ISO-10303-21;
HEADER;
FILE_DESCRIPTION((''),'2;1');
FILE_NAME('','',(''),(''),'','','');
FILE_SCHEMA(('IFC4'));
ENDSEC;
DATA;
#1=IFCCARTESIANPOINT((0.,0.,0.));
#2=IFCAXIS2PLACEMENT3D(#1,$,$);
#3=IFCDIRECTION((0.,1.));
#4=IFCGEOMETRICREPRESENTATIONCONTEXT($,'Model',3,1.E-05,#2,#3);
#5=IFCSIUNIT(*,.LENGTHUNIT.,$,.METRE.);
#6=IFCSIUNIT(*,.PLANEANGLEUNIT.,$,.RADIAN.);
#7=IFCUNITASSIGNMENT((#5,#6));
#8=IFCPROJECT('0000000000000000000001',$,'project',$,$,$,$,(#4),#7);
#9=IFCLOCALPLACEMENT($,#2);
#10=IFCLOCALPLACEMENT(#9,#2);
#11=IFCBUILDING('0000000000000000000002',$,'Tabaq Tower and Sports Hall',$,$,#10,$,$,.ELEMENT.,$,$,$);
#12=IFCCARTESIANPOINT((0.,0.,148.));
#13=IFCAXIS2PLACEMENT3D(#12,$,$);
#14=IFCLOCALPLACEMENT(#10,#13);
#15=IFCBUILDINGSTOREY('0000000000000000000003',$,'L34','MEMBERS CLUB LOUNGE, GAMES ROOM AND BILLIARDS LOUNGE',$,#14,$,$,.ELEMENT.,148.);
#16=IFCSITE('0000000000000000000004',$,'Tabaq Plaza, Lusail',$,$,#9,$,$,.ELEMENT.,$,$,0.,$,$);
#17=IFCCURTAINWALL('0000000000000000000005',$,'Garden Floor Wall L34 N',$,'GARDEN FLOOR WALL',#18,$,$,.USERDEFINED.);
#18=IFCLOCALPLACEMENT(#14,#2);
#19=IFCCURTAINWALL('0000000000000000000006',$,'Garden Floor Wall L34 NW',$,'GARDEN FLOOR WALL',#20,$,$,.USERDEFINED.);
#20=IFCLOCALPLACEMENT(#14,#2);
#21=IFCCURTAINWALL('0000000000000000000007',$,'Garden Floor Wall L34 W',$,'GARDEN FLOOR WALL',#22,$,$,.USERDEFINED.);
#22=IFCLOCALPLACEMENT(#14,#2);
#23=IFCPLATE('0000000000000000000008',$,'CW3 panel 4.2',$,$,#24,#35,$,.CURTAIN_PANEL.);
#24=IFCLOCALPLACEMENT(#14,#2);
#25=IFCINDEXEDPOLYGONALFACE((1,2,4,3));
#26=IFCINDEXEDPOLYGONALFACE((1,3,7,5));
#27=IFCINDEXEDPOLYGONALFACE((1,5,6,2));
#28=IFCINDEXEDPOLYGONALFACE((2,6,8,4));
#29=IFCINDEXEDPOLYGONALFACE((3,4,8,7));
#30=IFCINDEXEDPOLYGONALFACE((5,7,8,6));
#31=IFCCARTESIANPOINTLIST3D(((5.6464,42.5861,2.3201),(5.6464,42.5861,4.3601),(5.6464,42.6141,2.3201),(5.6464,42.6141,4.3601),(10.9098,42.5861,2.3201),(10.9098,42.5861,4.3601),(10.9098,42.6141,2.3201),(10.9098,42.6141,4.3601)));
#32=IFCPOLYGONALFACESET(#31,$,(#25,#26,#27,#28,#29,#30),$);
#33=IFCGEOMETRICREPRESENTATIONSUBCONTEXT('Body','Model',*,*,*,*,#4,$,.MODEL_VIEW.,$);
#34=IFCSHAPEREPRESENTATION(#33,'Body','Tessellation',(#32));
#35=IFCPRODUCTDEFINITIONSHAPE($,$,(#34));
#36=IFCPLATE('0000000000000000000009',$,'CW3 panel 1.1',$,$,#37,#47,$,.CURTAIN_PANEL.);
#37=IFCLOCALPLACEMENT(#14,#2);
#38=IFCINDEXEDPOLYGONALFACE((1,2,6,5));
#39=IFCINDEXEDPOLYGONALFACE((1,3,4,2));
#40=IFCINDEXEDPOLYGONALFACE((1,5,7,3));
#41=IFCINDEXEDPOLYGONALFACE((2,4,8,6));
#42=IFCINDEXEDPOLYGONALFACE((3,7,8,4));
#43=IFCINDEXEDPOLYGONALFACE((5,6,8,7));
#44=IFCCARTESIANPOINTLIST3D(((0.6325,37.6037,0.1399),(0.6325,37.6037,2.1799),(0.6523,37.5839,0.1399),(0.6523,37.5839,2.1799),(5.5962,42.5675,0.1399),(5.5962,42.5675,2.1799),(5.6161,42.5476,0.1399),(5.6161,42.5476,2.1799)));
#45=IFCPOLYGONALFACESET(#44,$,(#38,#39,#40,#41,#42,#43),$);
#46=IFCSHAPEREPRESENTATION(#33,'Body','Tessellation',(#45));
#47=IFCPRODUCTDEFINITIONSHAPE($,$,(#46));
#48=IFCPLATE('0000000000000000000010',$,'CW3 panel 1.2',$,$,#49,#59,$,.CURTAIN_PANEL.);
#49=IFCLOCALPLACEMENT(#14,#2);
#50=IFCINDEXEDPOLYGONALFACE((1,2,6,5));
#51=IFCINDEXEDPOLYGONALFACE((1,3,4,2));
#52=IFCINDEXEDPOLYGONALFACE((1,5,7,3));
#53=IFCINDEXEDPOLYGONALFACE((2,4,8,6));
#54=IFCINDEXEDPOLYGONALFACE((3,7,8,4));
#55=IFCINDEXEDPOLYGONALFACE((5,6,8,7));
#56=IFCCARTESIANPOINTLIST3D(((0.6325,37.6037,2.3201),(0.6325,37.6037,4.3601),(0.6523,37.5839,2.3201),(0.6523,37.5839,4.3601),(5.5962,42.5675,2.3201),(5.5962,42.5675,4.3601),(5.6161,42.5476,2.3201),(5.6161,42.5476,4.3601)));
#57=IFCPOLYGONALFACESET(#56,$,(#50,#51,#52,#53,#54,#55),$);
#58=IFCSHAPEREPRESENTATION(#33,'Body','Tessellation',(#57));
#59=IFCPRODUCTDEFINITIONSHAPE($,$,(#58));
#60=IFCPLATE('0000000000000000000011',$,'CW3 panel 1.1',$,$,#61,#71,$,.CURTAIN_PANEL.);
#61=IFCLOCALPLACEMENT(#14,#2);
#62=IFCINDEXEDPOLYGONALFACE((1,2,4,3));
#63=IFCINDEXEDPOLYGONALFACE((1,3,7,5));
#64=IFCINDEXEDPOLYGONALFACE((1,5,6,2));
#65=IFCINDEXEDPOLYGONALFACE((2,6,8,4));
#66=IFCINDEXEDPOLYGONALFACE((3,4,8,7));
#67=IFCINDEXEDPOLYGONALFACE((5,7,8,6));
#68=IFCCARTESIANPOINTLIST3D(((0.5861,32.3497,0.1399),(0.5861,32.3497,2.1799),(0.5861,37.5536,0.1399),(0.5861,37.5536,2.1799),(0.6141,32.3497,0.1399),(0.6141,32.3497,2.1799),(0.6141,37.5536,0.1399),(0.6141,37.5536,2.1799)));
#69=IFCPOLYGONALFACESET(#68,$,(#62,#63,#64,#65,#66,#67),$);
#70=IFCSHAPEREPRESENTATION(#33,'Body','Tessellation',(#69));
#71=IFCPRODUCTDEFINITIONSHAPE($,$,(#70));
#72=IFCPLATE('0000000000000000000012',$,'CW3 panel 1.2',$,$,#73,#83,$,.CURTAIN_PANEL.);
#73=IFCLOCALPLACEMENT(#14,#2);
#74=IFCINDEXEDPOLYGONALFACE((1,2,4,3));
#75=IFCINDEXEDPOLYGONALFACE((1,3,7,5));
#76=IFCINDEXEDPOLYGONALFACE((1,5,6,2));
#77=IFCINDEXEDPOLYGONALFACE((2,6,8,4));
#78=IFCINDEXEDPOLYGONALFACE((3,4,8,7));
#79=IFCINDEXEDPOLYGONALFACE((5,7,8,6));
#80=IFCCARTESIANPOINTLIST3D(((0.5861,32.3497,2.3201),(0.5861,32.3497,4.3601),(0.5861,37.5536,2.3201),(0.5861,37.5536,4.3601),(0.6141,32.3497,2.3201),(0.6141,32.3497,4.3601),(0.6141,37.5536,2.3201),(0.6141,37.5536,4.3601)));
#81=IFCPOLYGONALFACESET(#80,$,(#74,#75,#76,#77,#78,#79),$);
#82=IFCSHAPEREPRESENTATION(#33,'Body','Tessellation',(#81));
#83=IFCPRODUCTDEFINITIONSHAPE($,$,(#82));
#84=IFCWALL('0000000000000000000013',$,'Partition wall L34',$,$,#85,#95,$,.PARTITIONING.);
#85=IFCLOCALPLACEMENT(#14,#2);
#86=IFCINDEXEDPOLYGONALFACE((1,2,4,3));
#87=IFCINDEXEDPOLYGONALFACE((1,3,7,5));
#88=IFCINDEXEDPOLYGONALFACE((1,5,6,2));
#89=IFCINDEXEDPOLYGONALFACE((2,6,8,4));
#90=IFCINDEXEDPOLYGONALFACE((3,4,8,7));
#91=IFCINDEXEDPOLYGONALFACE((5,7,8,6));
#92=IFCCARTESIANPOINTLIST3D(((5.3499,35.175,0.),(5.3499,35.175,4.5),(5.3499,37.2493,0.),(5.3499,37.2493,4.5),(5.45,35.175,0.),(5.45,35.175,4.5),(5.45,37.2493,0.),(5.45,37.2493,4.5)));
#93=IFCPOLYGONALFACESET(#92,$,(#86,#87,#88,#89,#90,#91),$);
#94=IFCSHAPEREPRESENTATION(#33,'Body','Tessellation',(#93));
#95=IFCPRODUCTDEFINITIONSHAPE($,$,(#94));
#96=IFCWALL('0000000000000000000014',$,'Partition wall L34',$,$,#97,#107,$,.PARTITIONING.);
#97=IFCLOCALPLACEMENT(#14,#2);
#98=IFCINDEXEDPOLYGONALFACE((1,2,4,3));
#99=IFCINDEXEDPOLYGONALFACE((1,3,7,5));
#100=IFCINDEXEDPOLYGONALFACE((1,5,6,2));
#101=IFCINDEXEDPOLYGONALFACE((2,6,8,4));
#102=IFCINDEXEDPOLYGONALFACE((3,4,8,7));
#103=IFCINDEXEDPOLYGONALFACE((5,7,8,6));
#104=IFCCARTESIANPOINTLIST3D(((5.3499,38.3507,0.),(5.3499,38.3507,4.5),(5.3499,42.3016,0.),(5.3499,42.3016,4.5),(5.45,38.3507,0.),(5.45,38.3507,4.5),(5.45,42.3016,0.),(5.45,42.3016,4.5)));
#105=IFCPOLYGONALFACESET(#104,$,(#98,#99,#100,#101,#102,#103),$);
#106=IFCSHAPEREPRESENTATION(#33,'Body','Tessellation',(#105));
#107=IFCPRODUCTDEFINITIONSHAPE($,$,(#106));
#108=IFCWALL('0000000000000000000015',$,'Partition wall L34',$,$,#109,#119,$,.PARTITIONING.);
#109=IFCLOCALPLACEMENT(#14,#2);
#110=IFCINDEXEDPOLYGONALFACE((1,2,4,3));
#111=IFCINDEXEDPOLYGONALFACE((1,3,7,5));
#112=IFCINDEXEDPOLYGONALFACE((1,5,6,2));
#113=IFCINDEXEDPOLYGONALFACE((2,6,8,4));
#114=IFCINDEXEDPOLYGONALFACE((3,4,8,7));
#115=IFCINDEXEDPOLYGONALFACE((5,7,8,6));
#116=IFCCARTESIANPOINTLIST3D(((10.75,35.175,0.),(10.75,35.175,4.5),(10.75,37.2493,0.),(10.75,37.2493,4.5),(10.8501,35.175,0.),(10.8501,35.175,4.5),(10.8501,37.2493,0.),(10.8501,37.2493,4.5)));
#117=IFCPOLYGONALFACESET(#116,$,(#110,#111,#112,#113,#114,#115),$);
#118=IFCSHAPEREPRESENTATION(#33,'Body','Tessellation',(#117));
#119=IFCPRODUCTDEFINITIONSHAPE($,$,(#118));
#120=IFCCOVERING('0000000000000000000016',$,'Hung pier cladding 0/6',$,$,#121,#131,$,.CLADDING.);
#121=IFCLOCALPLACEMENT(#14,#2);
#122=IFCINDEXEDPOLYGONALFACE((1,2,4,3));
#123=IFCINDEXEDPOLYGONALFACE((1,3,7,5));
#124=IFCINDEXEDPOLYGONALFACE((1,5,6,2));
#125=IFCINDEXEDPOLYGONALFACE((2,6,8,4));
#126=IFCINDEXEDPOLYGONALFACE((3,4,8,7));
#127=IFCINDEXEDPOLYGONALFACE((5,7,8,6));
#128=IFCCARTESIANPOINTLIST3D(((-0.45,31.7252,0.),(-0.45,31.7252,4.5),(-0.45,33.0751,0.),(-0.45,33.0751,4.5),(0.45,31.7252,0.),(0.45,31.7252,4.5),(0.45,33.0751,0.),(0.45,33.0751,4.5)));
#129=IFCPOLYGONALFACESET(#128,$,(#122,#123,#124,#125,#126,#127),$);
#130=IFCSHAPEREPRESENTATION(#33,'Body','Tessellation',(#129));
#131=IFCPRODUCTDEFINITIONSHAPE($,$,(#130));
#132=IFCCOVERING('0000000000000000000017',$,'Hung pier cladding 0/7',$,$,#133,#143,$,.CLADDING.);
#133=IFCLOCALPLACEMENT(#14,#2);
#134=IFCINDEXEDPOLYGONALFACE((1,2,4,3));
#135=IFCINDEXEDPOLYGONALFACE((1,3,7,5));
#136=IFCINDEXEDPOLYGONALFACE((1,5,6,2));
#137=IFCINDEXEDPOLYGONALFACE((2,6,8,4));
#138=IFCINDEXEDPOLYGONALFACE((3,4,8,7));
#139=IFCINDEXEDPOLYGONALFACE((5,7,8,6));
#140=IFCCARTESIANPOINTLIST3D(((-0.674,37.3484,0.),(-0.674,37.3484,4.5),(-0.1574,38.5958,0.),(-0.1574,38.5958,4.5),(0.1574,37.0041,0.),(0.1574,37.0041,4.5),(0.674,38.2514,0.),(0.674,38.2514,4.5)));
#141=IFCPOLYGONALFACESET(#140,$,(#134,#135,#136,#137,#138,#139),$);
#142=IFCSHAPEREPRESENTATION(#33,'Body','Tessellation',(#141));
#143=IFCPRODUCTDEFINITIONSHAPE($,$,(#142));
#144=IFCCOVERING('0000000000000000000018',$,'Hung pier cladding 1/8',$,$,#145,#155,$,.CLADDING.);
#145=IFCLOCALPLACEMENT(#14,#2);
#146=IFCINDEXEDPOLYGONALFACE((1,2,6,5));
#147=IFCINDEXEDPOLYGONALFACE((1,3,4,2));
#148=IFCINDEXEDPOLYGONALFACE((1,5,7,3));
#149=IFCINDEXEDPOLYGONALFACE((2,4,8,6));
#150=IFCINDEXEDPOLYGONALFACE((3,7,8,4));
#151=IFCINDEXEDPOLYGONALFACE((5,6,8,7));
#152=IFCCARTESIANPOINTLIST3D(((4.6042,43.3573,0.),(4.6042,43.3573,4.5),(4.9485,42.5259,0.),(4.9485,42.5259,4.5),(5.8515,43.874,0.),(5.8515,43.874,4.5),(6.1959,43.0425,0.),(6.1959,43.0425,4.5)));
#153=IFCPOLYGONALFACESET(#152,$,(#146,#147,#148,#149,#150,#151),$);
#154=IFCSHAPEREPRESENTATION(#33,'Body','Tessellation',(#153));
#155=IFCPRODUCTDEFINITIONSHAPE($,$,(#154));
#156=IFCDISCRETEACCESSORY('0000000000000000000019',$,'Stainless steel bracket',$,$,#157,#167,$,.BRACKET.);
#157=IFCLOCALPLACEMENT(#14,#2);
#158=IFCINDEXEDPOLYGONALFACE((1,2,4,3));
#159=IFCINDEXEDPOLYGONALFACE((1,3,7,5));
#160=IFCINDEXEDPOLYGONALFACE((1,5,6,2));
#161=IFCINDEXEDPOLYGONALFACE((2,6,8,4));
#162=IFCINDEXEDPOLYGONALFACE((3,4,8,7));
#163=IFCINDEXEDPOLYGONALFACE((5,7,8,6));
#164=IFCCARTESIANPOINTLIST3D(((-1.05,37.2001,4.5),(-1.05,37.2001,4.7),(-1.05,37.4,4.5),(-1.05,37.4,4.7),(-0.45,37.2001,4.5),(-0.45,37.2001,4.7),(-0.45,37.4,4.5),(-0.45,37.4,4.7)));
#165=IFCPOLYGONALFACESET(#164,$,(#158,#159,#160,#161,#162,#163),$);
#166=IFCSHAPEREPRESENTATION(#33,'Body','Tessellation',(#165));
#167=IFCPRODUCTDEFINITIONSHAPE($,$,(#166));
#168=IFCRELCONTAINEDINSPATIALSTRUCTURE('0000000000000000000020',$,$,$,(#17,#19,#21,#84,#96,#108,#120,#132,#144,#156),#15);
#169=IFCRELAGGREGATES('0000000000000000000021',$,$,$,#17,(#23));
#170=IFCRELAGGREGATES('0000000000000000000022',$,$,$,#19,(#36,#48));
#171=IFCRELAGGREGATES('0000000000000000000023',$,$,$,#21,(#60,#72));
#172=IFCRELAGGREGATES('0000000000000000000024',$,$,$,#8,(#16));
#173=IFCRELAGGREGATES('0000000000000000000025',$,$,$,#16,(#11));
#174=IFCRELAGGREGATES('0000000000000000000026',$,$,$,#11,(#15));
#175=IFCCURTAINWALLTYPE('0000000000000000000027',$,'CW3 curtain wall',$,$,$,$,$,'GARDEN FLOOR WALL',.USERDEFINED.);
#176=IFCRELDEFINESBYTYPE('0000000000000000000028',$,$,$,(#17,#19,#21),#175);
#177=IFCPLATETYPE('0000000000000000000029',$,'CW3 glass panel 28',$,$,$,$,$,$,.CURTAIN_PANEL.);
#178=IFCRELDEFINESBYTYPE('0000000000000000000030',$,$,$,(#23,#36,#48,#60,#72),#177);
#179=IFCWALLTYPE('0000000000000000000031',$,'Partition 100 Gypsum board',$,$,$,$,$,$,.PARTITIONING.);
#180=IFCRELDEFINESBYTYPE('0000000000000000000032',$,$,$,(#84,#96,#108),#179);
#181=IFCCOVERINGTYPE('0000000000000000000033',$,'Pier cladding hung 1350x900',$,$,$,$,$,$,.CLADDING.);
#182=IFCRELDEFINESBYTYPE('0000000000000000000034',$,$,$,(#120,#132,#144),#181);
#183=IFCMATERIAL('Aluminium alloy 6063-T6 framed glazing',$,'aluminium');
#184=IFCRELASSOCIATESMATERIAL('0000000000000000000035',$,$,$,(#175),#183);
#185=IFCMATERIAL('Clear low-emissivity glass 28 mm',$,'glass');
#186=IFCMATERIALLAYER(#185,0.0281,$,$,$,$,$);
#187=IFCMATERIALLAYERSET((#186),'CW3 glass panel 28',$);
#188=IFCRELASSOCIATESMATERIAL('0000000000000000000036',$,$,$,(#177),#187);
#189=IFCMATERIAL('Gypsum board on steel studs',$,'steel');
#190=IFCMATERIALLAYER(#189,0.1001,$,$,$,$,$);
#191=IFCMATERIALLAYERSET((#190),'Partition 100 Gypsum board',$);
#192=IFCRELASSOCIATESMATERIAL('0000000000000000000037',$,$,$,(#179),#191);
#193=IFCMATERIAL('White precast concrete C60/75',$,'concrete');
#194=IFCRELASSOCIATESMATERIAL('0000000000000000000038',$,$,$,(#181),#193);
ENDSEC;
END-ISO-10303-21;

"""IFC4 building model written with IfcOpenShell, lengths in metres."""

from ifc_helpers import new_model, si_unit, direction, frame, frame_2d, origin, origin_2d, place, context, subcontext, project, spatial, rectangle, extrude, material, layer, layer_set, type_object, element, aggregate, save


model = new_model("IFC4")

# Units and contexts
model_context = context("Model", 3, precision=1e-05, world=origin(), true_north=direction((0.0, 1.0)))
body_context = subcontext(model_context, "Body", "Model", "MODEL_VIEW")
ifc_project = project(units=[si_unit("LENGTHUNIT", "METRE"), si_unit("PLANEANGLEUNIT", "RADIAN")], contexts=[model_context])

# Site, building, storey
site_placement = place(None, origin())
site = spatial("IfcSite", under=ifc_project, at=site_placement, Name="Tabaq Plaza, Lusail", CompositionType="ELEMENT", RefElevation=0.0)
building_placement = place(site_placement, origin())
building = spatial("IfcBuilding", under=site, at=building_placement, Name="Tabaq Tower and Sports Hall", CompositionType="ELEMENT")
storey_placement = place(building_placement, frame((0.0, 0.0, 148.0)))
storey = spatial("IfcBuildingStorey", under=building, at=storey_placement, Name="L34", Description="MEMBERS CLUB LOUNGE, GAMES ROOM AND BILLIARDS LOUNGE", CompositionType="ELEMENT", Elevation=148.0)

# Curtain wall
ifc_material_1 = material(Name="Aluminium alloy 6063-T6 framed glazing", Category="aluminium")
curtain_wall_type = type_object("IfcCurtainWallType", Name="CW3 curtain wall", ElementType="GARDEN FLOOR WALL", PredefinedType="USERDEFINED", material=ifc_material_1)
curtain_wall_1_placement = place(storey_placement, origin())
curtain_wall_1 = element("IfcCurtainWall", 1, at=curtain_wall_1_placement, inside=storey, type_object=curtain_wall_type, Name="Garden Floor Wall L34 N", ObjectType="GARDEN FLOOR WALL", PredefinedType="USERDEFINED")

# Curtain wall
curtain_wall_2_placement = place(storey_placement, origin())
curtain_wall_2 = element("IfcCurtainWall", 2, at=curtain_wall_2_placement, inside=storey, type_object=curtain_wall_type, Name="Garden Floor Wall L34 NW", ObjectType="GARDEN FLOOR WALL", PredefinedType="USERDEFINED")

# Curtain wall
curtain_wall_3_placement = place(storey_placement, origin())
curtain_wall_3 = element("IfcCurtainWall", 3, at=curtain_wall_3_placement, inside=storey, type_object=curtain_wall_type, Name="Garden Floor Wall L34 W", ObjectType="GARDEN FLOOR WALL", PredefinedType="USERDEFINED")

# Plates
ifc_material_2 = material(Name="Clear low-emissivity glass 28 mm", Category="glass")
ifc_layer_1 = layer(ifc_material_2, 0.0281)
ifc_layer_set_1 = layer_set([ifc_layer_1], Name="CW3 glass panel 28")
plate_type = type_object("IfcPlateType", Name="CW3 glass panel 28", PredefinedType="CURTAIN_PANEL", material=ifc_layer_set_1)
plate_1_placement = place(storey_placement, frame((8.2781, 42.6001, 2.3201), z_axis=(0.0, 0.0, 1.0), x_axis=(-1.0, 0.0, 0.0)))
plate_1 = element("IfcPlate", 4, at=plate_1_placement, type_object=plate_type, Name="CW3 panel 4.2", PredefinedType="CURTAIN_PANEL", context=body_context, shape_type="SweptSolid", body=[
    extrude(rectangle(XDim=5.2634, YDim=0.0281, at=origin_2d()), origin(), (0.0, 0.0, 1.0), 2.04),
])
aggregate(curtain_wall_1, [plate_1])
plate_2_placement = place(storey_placement, frame((3.1243, 40.0757, 0.1399), z_axis=(0.0, 0.0, 1.0), x_axis=(-0.707107, -0.707107, 0.0)))
plate_2 = element("IfcPlate", 5, at=plate_2_placement, type_object=plate_type, Name="CW3 panel 1.1", PredefinedType="CURTAIN_PANEL", context=body_context, shape_type="SweptSolid", body=[
    extrude(rectangle(XDim=7.0198, YDim=0.0281, at=origin_2d()), origin(), (0.0, 0.0, 1.0), 2.04),
])
plate_3_placement = place(storey_placement, frame((3.1243, 40.0757, 2.3201), z_axis=(0.0, 0.0, 1.0), x_axis=(-0.707107, -0.707107, 0.0)))
plate_3 = element("IfcPlate", 6, at=plate_3_placement, type_object=plate_type, Name="CW3 panel 1.2", PredefinedType="CURTAIN_PANEL", context=body_context, shape_type="SweptSolid", body=[
    extrude(rectangle(XDim=7.0198, YDim=0.0281, at=origin_2d()), origin(), (0.0, 0.0, 1.0), 2.04),
])
aggregate(curtain_wall_2, [plate_2, plate_3])
plate_4_placement = place(storey_placement, frame((0.6001, 34.9517, 0.1399), z_axis=(0.0, 0.0, 1.0), x_axis=(0.0, -1.0, 0.0)))
plate_4 = element("IfcPlate", 7, at=plate_4_placement, type_object=plate_type, Name="CW3 panel 1.1", PredefinedType="CURTAIN_PANEL", context=body_context, shape_type="SweptSolid", body=[
    extrude(rectangle(XDim=5.2039, YDim=0.0281, at=origin_2d()), origin(), (0.0, 0.0, 1.0), 2.04),
])
plate_5_placement = place(storey_placement, frame((0.6001, 34.9517, 2.3201), z_axis=(0.0, 0.0, 1.0), x_axis=(0.0, -1.0, 0.0)))
plate_5 = element("IfcPlate", 8, at=plate_5_placement, type_object=plate_type, Name="CW3 panel 1.2", PredefinedType="CURTAIN_PANEL", context=body_context, shape_type="SweptSolid", body=[
    extrude(rectangle(XDim=5.2039, YDim=0.0281, at=origin_2d()), origin(), (0.0, 0.0, 1.0), 2.04),
])
aggregate(curtain_wall_3, [plate_4, plate_5])

# Walls
ifc_material_3 = material(Name="Gypsum board on steel studs", Category="steel")
ifc_layer_2 = layer(ifc_material_3, 0.1001)
ifc_layer_set_2 = layer_set([ifc_layer_2], Name="Partition 100 Gypsum board")
wall_type = type_object("IfcWallType", Name="Partition 100 Gypsum board", PredefinedType="PARTITIONING", material=ifc_layer_set_2)
wall_1_placement = place(storey_placement, frame((5.3999, 35.175, 0.0), z_axis=(0.0, 0.0, 1.0), x_axis=(0.0, 1.0, 0.0)))
element("IfcWall", 9, at=wall_1_placement, inside=storey, type_object=wall_type, Name="Partition wall L34", PredefinedType="PARTITIONING", context=body_context, shape_type="SweptSolid", body=[
    extrude(rectangle(XDim=2.0742, YDim=0.1001, at=frame_2d((1.0371, 0.0))), origin(), (0.0, 0.0, 1.0), 4.5),
])
wall_2_placement = place(storey_placement, frame((5.3999, 38.3506, 0.0), z_axis=(0.0, 0.0, 1.0), x_axis=(0.0, 1.0, 0.0)))
element("IfcWall", 10, at=wall_2_placement, inside=storey, type_object=wall_type, Name="Partition wall L34", PredefinedType="PARTITIONING", context=body_context, shape_type="SweptSolid", body=[
    extrude(rectangle(XDim=3.9509, YDim=0.1001, at=frame_2d((1.9756, 0.0))), origin(), (0.0, 0.0, 1.0), 4.5),
])
wall_3_placement = place(storey_placement, frame((10.8, 35.175, 0.0), z_axis=(0.0, 0.0, 1.0), x_axis=(0.0, 1.0, 0.0)))
element("IfcWall", 11, at=wall_3_placement, inside=storey, type_object=wall_type, Name="Partition wall L34", PredefinedType="PARTITIONING", context=body_context, shape_type="SweptSolid", body=[
    extrude(rectangle(XDim=2.0742, YDim=0.1001, at=frame_2d((1.0371, 0.0))), origin(), (0.0, 0.0, 1.0), 4.5),
])

# Coverings
ifc_material_4 = material(Name="White precast concrete C60/75", Category="concrete")
covering_type = type_object("IfcCoveringType", Name="Pier cladding hung 1350x900", PredefinedType="CLADDING", material=ifc_material_4)
covering_placement = place(storey_placement, frame((0.0, 33.075, 0.0), z_axis=(0.0, 0.0, 1.0), x_axis=(0.0, -1.0, 0.0)))
element("IfcCovering", 12, at=covering_placement, inside=storey, type_object=covering_type, Name="Hung pier cladding 0/6", PredefinedType="CLADDING", context=body_context, shape_type="SweptSolid", body=[
    extrude(rectangle(XDim=1.3499, YDim=0.8999, at=frame_2d((0.6748, 0.0))), origin(), (0.0, 0.0, 1.0), 4.5),
])
for number, where, z_axis, x_axis, name in (
    (13, (0.2583, 38.4236, 0.0), (0.0, 0.0, 1.0), (-0.38265, -0.923893, 0.0), "Hung pier cladding 0/7"),
    (14, (6.0237, 43.4583, 0.0), (0.0, 0.0, 1.0), (-0.923893, -0.38265, 0.0), "Hung pier cladding 1/8"),
):
    element("IfcCovering", number, at=place(storey_placement, frame(where, z_axis=z_axis, x_axis=x_axis)), inside=storey, type_object=covering_type, Name=name, PredefinedType="CLADDING", context=body_context, shape_type="SweptSolid", body=[
        extrude(rectangle(XDim=1.3501, YDim=0.8999, at=frame_2d((0.675, 0.0))), origin(), (0.0, 0.0, 1.0), 4.5),
    ])

# Discrete accessory
discrete_accessory_placement = place(storey_placement, frame((-0.75, 37.3, 4.5), z_axis=(0.0, 0.0, 1.0), x_axis=(-1.0, 0.0, 0.0)))
element("IfcDiscreteAccessory", 15, at=discrete_accessory_placement, inside=storey, Name="Stainless steel bracket", PredefinedType="BRACKET", context=body_context, shape_type="SweptSolid", body=[
    extrude(rectangle(XDim=0.6001, YDim=0.2, at=origin_2d()), origin(), (0.0, 0.0, 1.0), 0.2),
])

save(model, "model.ifc")
